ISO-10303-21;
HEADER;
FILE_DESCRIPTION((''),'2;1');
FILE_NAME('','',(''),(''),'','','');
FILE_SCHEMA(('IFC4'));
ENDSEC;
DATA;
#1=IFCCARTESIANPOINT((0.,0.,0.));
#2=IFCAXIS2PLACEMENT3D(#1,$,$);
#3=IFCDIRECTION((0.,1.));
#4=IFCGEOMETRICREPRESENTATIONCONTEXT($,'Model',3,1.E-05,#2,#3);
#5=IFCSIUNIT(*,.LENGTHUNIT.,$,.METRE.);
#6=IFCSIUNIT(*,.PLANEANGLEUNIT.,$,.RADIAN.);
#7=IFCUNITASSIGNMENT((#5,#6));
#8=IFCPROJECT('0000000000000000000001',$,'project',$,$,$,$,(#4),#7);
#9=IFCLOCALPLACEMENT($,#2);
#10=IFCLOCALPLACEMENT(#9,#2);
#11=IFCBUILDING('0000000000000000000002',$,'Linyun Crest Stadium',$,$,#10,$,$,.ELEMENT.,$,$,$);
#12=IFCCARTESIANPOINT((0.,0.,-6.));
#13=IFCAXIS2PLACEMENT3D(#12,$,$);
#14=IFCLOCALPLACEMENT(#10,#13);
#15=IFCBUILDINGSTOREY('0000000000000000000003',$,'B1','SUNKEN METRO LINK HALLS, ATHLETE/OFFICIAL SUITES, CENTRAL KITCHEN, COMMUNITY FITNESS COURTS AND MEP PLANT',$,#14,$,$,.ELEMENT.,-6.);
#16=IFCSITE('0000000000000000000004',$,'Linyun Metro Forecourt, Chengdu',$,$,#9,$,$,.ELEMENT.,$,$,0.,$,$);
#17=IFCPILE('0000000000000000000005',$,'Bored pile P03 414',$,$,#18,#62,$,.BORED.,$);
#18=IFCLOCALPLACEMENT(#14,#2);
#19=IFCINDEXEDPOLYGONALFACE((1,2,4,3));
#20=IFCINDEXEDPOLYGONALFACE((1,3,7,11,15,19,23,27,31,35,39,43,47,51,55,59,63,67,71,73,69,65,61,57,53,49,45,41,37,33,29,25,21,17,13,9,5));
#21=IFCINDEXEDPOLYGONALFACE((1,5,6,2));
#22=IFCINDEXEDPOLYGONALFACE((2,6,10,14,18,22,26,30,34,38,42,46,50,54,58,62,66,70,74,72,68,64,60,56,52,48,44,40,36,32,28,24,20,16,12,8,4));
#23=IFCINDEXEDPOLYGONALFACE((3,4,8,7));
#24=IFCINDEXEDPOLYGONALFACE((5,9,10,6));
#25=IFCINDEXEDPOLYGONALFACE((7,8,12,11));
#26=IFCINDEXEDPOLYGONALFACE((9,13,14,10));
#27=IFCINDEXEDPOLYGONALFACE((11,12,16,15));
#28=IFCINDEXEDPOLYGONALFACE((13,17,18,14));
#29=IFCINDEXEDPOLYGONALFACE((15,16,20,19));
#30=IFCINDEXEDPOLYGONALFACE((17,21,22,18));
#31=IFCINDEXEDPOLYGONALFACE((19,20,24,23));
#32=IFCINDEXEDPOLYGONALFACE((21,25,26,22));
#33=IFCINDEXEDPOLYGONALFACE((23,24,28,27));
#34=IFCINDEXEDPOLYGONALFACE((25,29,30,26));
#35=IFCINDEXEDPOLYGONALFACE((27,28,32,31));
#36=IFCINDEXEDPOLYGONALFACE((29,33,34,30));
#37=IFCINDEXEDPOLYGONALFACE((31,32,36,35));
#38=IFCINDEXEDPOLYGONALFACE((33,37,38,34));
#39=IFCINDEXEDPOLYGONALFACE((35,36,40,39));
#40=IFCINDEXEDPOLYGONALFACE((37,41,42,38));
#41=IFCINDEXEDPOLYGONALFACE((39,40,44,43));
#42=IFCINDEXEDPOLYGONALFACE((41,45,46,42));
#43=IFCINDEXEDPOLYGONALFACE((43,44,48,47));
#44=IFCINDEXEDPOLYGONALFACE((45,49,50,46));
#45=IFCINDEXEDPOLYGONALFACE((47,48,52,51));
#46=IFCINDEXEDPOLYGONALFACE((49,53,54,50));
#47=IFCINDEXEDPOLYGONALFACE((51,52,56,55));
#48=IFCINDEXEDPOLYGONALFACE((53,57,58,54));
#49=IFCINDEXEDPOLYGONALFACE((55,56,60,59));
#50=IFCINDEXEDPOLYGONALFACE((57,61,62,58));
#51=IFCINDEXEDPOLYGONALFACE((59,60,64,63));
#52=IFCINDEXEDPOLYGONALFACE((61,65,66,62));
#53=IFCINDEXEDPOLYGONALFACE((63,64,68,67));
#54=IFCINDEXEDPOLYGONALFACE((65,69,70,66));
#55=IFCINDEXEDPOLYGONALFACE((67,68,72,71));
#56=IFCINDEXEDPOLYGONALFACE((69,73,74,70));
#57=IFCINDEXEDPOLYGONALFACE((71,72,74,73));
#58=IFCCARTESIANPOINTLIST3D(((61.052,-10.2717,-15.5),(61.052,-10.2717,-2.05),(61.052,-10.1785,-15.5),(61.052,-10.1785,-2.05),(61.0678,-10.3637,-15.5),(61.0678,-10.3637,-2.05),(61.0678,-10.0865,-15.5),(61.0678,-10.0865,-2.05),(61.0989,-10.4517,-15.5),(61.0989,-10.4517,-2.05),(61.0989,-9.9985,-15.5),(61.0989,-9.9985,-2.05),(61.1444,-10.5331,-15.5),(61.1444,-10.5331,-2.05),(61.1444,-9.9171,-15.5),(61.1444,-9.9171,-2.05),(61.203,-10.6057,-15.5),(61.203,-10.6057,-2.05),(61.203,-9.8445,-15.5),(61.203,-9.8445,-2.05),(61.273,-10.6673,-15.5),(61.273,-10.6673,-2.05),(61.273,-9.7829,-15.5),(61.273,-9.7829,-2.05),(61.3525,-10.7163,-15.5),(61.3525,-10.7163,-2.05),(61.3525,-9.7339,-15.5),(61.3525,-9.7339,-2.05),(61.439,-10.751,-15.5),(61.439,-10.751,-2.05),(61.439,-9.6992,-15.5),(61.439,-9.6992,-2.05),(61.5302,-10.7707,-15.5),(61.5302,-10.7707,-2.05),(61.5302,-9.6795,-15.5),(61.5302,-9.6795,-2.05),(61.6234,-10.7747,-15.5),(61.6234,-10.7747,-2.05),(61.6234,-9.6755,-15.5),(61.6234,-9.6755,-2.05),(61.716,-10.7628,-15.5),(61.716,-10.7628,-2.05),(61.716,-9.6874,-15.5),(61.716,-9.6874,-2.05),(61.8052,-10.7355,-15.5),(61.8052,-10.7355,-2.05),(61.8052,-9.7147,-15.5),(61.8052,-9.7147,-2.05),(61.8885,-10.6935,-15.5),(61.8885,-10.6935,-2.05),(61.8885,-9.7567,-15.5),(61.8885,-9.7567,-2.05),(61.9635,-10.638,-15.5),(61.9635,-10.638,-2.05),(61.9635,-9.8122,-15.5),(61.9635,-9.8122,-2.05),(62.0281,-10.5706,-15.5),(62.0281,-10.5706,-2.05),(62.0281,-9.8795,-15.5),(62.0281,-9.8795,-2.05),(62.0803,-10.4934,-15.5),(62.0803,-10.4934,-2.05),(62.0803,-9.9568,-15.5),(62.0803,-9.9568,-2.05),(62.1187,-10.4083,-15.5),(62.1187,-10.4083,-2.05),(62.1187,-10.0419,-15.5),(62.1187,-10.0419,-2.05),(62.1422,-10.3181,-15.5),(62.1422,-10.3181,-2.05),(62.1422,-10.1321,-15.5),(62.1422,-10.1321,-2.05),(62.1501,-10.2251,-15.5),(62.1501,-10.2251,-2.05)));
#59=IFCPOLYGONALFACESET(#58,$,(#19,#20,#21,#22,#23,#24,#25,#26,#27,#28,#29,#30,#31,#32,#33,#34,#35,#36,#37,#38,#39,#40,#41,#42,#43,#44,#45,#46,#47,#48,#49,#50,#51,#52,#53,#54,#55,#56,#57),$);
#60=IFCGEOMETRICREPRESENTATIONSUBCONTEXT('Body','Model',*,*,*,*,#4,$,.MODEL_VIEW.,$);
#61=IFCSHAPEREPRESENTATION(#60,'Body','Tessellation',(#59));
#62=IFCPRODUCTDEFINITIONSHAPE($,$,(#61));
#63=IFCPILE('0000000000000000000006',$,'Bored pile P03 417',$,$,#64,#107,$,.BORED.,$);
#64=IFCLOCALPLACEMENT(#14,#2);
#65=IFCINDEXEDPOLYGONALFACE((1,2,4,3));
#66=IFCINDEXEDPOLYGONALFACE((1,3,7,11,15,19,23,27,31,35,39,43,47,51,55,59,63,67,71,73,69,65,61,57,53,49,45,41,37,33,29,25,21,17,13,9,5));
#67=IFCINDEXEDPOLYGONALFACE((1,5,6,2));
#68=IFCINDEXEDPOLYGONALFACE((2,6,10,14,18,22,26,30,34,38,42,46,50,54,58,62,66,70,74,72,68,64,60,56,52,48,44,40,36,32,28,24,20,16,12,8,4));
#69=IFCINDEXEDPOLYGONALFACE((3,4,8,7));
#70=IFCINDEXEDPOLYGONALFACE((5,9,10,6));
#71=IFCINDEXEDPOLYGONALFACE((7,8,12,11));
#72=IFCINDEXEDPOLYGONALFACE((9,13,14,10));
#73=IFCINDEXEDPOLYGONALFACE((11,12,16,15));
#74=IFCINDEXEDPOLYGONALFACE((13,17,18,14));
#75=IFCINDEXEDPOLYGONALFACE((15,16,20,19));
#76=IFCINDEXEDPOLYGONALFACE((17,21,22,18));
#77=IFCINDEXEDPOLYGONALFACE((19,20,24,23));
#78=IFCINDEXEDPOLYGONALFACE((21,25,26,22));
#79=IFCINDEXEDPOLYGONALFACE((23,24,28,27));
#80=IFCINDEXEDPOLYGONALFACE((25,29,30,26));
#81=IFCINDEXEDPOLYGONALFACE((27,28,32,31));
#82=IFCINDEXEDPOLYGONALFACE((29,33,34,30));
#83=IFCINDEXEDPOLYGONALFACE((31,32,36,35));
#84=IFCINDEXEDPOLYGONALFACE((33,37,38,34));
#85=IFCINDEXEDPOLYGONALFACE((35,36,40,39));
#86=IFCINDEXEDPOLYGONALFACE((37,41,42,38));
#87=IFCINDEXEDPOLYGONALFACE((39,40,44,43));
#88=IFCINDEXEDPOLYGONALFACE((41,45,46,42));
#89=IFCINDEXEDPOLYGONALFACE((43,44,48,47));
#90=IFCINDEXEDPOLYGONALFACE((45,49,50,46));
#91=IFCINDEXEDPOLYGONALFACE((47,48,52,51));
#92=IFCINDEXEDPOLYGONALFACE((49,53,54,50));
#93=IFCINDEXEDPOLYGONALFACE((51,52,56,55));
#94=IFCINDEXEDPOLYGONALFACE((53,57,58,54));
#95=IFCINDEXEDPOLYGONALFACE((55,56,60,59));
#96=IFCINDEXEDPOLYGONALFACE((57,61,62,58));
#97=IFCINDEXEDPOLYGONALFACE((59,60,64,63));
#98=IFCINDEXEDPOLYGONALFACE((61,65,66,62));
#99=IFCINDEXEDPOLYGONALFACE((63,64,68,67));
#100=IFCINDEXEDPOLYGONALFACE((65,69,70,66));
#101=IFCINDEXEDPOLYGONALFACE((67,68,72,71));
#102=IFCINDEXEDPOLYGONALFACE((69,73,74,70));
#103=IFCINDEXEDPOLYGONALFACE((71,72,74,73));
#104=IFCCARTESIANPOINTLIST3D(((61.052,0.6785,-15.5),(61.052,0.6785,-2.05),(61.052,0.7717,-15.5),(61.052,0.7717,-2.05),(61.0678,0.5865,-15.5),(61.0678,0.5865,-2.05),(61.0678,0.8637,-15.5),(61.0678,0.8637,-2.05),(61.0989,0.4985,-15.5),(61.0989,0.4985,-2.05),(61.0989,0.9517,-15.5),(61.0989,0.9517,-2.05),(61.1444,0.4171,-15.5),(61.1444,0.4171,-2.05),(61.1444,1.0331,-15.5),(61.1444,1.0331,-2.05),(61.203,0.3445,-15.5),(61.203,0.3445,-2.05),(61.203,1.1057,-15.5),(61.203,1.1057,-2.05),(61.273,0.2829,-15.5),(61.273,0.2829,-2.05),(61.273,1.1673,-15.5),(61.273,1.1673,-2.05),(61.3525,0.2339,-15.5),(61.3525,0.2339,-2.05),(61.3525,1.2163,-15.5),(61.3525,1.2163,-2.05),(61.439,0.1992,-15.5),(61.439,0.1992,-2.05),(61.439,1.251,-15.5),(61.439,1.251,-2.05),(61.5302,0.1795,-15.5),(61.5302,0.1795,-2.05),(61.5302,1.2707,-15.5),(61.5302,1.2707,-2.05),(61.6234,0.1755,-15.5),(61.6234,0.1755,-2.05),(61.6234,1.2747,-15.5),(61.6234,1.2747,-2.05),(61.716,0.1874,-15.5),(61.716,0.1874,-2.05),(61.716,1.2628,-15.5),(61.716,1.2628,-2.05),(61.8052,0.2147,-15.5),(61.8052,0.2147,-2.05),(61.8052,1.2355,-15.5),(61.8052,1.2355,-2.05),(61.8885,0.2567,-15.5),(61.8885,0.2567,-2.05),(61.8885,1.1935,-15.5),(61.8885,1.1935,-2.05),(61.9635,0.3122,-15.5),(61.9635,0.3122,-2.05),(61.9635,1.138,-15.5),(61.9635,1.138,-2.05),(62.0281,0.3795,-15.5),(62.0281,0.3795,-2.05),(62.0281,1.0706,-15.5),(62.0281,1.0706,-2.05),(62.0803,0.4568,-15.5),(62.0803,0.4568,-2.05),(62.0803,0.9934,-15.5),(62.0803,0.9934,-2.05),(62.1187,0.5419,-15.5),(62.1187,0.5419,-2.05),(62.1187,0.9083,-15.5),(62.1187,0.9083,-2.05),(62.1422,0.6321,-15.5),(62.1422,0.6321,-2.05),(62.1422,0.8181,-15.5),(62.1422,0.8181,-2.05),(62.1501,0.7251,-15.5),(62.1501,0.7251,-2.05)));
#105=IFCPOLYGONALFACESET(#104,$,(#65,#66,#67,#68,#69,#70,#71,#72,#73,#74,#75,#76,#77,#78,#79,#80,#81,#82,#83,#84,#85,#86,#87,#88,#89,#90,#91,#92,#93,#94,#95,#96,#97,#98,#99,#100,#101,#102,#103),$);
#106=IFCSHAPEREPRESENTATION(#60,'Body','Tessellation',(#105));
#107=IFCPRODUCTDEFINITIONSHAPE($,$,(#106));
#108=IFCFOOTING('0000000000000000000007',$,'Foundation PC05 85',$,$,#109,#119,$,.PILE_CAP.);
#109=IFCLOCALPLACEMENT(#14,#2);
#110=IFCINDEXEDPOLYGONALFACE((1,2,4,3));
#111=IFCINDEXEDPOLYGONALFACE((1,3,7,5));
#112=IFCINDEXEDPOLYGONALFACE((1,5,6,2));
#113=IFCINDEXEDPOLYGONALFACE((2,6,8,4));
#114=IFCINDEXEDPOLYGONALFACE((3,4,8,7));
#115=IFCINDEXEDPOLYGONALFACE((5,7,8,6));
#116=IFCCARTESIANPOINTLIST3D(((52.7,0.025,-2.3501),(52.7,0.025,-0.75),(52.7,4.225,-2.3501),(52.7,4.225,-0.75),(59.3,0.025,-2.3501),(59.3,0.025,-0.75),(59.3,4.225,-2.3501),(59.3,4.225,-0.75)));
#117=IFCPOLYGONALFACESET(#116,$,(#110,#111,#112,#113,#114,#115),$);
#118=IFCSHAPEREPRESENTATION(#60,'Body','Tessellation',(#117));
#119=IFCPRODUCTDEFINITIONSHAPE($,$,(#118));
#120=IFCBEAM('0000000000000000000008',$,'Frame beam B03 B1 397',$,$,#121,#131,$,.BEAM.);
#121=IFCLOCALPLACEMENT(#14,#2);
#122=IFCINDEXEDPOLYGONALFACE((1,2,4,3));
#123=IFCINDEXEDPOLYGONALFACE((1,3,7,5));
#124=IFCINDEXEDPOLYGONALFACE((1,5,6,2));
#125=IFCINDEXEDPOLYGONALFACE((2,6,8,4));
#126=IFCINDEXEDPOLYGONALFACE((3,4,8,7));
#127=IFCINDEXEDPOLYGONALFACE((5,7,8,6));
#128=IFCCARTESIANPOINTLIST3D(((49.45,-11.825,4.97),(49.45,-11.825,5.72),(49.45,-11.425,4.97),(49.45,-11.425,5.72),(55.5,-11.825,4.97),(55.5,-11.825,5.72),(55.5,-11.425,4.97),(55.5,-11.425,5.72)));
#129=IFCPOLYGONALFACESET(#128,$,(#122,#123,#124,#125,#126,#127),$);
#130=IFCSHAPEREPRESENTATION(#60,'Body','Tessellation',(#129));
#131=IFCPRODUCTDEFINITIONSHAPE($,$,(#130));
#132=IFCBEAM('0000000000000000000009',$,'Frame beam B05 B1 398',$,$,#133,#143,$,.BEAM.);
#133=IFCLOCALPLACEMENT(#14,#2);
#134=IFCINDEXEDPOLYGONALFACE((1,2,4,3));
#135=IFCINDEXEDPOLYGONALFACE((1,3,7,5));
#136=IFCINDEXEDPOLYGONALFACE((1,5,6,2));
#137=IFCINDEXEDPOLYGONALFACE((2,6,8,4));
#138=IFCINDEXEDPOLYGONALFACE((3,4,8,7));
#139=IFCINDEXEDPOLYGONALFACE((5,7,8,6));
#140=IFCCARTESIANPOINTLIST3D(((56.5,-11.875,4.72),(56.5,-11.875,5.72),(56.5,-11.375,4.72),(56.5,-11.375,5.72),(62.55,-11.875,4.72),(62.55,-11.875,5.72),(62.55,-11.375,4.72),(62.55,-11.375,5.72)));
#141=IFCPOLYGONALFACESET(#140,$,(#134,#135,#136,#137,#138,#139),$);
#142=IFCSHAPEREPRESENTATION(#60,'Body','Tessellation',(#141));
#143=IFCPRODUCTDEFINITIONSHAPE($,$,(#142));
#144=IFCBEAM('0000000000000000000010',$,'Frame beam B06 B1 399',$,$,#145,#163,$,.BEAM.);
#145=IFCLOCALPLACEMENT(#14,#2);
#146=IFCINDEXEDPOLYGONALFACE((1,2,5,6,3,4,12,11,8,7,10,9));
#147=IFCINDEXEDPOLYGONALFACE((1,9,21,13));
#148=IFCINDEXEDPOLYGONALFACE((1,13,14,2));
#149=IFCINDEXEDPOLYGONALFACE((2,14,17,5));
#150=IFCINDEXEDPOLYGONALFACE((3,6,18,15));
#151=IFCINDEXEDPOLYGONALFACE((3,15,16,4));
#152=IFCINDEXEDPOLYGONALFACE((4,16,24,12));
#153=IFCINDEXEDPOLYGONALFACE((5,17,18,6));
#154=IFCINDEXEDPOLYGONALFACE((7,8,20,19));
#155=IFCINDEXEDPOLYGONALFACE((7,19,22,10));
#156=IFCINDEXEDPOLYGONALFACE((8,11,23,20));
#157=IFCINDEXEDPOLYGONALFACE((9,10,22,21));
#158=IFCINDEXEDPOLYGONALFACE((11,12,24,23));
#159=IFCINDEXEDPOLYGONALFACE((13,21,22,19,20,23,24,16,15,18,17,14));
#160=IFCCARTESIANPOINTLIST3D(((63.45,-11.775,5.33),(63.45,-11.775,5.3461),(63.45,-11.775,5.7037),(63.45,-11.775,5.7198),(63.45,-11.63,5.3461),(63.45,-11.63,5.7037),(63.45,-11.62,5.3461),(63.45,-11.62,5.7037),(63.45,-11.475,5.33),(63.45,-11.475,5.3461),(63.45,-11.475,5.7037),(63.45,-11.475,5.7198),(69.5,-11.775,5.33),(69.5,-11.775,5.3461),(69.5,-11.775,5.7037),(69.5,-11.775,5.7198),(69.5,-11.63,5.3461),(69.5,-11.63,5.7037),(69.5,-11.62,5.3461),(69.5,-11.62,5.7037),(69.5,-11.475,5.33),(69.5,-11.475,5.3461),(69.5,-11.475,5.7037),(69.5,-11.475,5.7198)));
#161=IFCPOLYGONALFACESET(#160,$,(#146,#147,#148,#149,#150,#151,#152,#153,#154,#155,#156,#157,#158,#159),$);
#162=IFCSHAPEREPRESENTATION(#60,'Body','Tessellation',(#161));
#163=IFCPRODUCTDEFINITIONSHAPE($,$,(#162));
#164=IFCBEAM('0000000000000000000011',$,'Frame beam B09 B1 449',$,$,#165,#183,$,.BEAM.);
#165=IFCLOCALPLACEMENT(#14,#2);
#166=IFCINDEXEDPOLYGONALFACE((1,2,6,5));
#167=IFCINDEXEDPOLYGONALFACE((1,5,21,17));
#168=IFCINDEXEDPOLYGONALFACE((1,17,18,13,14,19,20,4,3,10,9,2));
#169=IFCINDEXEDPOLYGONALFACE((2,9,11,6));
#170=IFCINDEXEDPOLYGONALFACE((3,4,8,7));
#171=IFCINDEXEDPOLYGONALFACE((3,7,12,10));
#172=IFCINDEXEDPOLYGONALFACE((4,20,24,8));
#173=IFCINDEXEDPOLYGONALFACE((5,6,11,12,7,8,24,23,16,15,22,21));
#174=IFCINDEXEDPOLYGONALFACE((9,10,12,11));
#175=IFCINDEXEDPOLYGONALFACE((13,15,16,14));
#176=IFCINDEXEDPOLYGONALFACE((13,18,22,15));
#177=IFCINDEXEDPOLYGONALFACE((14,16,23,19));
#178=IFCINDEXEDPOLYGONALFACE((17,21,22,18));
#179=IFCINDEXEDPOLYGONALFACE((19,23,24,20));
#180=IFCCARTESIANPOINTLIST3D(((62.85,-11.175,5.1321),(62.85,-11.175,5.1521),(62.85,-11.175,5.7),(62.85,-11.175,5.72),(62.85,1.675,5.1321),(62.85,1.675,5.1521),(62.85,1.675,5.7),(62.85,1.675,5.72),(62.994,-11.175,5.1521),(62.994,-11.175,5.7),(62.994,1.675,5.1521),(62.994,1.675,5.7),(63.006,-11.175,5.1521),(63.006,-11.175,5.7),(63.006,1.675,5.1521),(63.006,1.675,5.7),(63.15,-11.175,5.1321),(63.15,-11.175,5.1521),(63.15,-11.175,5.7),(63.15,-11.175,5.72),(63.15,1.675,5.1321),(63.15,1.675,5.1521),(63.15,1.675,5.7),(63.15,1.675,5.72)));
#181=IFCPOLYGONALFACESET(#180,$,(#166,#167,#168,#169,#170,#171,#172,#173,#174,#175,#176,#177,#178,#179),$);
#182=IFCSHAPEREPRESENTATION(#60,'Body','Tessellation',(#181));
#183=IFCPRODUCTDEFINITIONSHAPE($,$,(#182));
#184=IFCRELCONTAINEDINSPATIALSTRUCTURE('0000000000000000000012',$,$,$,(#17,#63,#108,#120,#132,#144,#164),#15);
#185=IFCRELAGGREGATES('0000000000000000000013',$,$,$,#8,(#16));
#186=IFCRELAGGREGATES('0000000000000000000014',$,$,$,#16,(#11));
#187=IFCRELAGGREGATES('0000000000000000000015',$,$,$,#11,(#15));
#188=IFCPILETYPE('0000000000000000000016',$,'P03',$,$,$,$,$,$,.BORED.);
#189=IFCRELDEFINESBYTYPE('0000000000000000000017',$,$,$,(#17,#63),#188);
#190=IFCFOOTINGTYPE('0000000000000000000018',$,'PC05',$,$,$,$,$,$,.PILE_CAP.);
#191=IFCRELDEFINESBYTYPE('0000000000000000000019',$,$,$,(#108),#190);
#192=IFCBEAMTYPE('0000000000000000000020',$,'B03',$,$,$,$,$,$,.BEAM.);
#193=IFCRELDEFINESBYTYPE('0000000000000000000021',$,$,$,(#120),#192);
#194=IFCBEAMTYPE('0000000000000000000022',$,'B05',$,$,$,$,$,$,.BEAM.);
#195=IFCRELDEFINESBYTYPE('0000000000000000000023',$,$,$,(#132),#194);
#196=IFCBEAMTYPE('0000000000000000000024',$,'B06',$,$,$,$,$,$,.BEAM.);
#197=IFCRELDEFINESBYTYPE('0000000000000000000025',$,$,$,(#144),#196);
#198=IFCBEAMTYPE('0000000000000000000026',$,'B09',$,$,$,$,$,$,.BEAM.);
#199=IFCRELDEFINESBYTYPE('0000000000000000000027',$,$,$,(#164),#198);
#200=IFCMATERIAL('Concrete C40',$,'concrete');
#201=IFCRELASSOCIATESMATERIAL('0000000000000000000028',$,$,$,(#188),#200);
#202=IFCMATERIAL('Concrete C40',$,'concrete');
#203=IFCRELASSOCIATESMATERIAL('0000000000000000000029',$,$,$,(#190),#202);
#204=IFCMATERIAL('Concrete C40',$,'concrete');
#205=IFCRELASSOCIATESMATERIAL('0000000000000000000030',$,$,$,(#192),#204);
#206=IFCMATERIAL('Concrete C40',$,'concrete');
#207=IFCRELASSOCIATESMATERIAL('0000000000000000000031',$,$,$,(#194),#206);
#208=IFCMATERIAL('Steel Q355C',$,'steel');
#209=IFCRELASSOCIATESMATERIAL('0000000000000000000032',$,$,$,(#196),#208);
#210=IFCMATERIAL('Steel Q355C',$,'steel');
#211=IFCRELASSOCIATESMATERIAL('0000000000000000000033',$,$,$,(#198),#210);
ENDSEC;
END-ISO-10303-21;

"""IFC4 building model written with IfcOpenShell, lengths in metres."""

from ifc_helpers import new_model, si_unit, direction, frame, origin, origin_2d, place, context, subcontext, project, spatial, rectangle, circle, i_section, extrude, material, material_profile, profile_set, type_object, element, save


model = new_model("IFC4")

# Units and contexts
model_context = context("Model", 3, precision=1e-05, world=origin(), true_north=direction((0.0, 1.0)))
body_context = subcontext(model_context, "Body", "Model", "MODEL_VIEW")
ifc_project = project(units=[si_unit("LENGTHUNIT", "METRE"), si_unit("PLANEANGLEUNIT", "RADIAN")], contexts=[model_context])

# Site, building, storey
site_placement = place(None, origin())
site = spatial("IfcSite", under=ifc_project, at=site_placement, Name="Linyun Metro Forecourt, Chengdu", CompositionType="ELEMENT", RefElevation=0.0)
building_placement = place(site_placement, origin())
building = spatial("IfcBuilding", under=site, at=building_placement, Name="Linyun Crest Stadium", CompositionType="ELEMENT")
storey_placement = place(building_placement, frame((0.0, 0.0, -6.0)))
storey = spatial("IfcBuildingStorey", under=building, at=storey_placement, Name="B1", Description="SUNKEN METRO LINK HALLS, ATHLETE/OFFICIAL SUITES, CENTRAL KITCHEN, COMMUNITY FITNESS COURTS AND MEP PLANT", CompositionType="ELEMENT", Elevation=-6.0)

# Piles
ifc_material_1 = material(Name="Concrete C40", Category="concrete")
ifc_material_profile_1 = material_profile(ifc_material_1, circle(Radius=0.55, at=origin_2d()), Name="BORED PILE 1100")
ifc_profile_set_1 = profile_set([ifc_material_profile_1], Name="Concrete C40")
pile_type = type_object("IfcPileType", Name="P03", PredefinedType="BORED", material=ifc_profile_set_1)
for number, where, z_axis, x_axis, name in (
    (1, (61.6001, -10.2251, -2.05), (0.0, 0.0, -1.0), (1.0, 0.0, 0.0), "Bored pile P03 414"),
    (2, (61.6001, 0.7251, -2.05), (0.0, 0.0, -1.0), (1.0, 0.0, 0.0), "Bored pile P03 417"),
):
    element("IfcPile", number, at=place(storey_placement, frame(where, z_axis=z_axis, x_axis=x_axis)), inside=storey, type_object=pile_type, Name=name, PredefinedType="BORED", context=body_context, shape_type="SweptSolid", body=[
        extrude(circle(Radius=0.55, at=origin_2d()), origin(), (0.0, 0.0, 1.0), 13.45),
    ])

# Footing
ifc_material_2 = material(Name="Concrete C40", Category="concrete")
footing_type = type_object("IfcFootingType", Name="PC05", PredefinedType="PILE_CAP", material=ifc_material_2)
footing_placement = place(storey_placement, frame((56.0, 2.125, -2.3501), z_axis=(0.0, 0.0, 1.0), x_axis=(1.0, 0.0, 0.0)))
element("IfcFooting", 3, at=footing_placement, inside=storey, type_object=footing_type, Name="Foundation PC05 85", PredefinedType="PILE_CAP", context=body_context, shape_type="SweptSolid", body=[
    extrude(rectangle(XDim=6.6001, YDim=4.2, at=origin_2d()), origin(), (0.0, 0.0, 1.0), 1.6001),
])

# Beams
ifc_material_3 = material(Name="Concrete C40", Category="concrete")
ifc_material_profile_2 = material_profile(ifc_material_3, rectangle(XDim=0.3999, YDim=0.75, at=origin_2d()), Name="RCB 750x400")
ifc_profile_set_2 = profile_set([ifc_material_profile_2], Name="Concrete C40")
beam_type_1 = type_object("IfcBeamType", Name="B03", PredefinedType="BEAM", material=ifc_profile_set_2)
beam_1_placement = place(storey_placement, frame((49.45, -11.625, 5.345), z_axis=(1.0, 0.0, 0.0), x_axis=(0.0, 1.0, 0.0)))
element("IfcBeam", 4, at=beam_1_placement, inside=storey, type_object=beam_type_1, Name="Frame beam B03 B1 397", PredefinedType="BEAM", context=body_context, shape_type="SweptSolid", body=[
    extrude(rectangle(XDim=0.3999, YDim=0.75, at=origin_2d()), origin(), (0.0, 0.0, 1.0), 6.05),
])
ifc_material_4 = material(Name="Concrete C40", Category="concrete")
ifc_material_profile_3 = material_profile(ifc_material_4, rectangle(XDim=0.5, YDim=1.0, at=origin_2d()), Name="RCB 1000x500")
ifc_profile_set_3 = profile_set([ifc_material_profile_3], Name="Concrete C40")
beam_type_2 = type_object("IfcBeamType", Name="B05", PredefinedType="BEAM", material=ifc_profile_set_3)
beam_2_placement = place(storey_placement, frame((56.5, -11.625, 5.22), z_axis=(1.0, 0.0, 0.0), x_axis=(0.0, 1.0, 0.0)))
element("IfcBeam", 5, at=beam_2_placement, inside=storey, type_object=beam_type_2, Name="Frame beam B05 B1 398", PredefinedType="BEAM", context=body_context, shape_type="SweptSolid", body=[
    extrude(rectangle(XDim=0.5, YDim=1.0, at=origin_2d()), origin(), (0.0, 0.0, 1.0), 6.05),
])
ifc_material_5 = material(Name="Steel Q355C", Category="steel")
ifc_material_profile_4 = material_profile(ifc_material_5, i_section(OverallWidth=0.3, OverallDepth=0.3899, WebThickness=0.01, FlangeThickness=0.0161, at=origin_2d()), Name="HM 390x300")
ifc_profile_set_4 = profile_set([ifc_material_profile_4], Name="Steel Q355C")
beam_type_3 = type_object("IfcBeamType", Name="B06", PredefinedType="BEAM", material=ifc_profile_set_4)
beam_3_placement = place(storey_placement, frame((63.45, -11.625, 5.5249), z_axis=(1.0, 0.0, 0.0), x_axis=(0.0, 1.0, 0.0)))
element("IfcBeam", 6, at=beam_3_placement, inside=storey, type_object=beam_type_3, Name="Frame beam B06 B1 399", PredefinedType="BEAM", context=body_context, shape_type="SweptSolid", body=[
    extrude(i_section(OverallWidth=0.3, OverallDepth=0.3899, WebThickness=0.01, FlangeThickness=0.0161, at=origin_2d()), origin(), (0.0, 0.0, 1.0), 6.05),
])
ifc_material_6 = material(Name="Steel Q355C", Category="steel")
ifc_material_profile_5 = material_profile(ifc_material_6, i_section(OverallWidth=0.3, OverallDepth=0.5879, WebThickness=0.012, FlangeThickness=0.02, at=origin_2d()), Name="HM 588x300")
ifc_profile_set_5 = profile_set([ifc_material_profile_5], Name="Steel Q355C")
beam_type_4 = type_object("IfcBeamType", Name="B09", PredefinedType="BEAM", material=ifc_profile_set_5)
beam_4_placement = place(storey_placement, frame((63.0, -11.175, 5.426), z_axis=(0.0, 1.0, 0.0), x_axis=(-1.0, 0.0, 0.0)))
element("IfcBeam", 7, at=beam_4_placement, inside=storey, type_object=beam_type_4, Name="Frame beam B09 B1 449", PredefinedType="BEAM", context=body_context, shape_type="SweptSolid", body=[
    extrude(i_section(OverallWidth=0.3, OverallDepth=0.5879, WebThickness=0.012, FlangeThickness=0.02, at=origin_2d()), origin(), (0.0, 0.0, 1.0), 12.8501),
])

save(model, "model.ifc")
